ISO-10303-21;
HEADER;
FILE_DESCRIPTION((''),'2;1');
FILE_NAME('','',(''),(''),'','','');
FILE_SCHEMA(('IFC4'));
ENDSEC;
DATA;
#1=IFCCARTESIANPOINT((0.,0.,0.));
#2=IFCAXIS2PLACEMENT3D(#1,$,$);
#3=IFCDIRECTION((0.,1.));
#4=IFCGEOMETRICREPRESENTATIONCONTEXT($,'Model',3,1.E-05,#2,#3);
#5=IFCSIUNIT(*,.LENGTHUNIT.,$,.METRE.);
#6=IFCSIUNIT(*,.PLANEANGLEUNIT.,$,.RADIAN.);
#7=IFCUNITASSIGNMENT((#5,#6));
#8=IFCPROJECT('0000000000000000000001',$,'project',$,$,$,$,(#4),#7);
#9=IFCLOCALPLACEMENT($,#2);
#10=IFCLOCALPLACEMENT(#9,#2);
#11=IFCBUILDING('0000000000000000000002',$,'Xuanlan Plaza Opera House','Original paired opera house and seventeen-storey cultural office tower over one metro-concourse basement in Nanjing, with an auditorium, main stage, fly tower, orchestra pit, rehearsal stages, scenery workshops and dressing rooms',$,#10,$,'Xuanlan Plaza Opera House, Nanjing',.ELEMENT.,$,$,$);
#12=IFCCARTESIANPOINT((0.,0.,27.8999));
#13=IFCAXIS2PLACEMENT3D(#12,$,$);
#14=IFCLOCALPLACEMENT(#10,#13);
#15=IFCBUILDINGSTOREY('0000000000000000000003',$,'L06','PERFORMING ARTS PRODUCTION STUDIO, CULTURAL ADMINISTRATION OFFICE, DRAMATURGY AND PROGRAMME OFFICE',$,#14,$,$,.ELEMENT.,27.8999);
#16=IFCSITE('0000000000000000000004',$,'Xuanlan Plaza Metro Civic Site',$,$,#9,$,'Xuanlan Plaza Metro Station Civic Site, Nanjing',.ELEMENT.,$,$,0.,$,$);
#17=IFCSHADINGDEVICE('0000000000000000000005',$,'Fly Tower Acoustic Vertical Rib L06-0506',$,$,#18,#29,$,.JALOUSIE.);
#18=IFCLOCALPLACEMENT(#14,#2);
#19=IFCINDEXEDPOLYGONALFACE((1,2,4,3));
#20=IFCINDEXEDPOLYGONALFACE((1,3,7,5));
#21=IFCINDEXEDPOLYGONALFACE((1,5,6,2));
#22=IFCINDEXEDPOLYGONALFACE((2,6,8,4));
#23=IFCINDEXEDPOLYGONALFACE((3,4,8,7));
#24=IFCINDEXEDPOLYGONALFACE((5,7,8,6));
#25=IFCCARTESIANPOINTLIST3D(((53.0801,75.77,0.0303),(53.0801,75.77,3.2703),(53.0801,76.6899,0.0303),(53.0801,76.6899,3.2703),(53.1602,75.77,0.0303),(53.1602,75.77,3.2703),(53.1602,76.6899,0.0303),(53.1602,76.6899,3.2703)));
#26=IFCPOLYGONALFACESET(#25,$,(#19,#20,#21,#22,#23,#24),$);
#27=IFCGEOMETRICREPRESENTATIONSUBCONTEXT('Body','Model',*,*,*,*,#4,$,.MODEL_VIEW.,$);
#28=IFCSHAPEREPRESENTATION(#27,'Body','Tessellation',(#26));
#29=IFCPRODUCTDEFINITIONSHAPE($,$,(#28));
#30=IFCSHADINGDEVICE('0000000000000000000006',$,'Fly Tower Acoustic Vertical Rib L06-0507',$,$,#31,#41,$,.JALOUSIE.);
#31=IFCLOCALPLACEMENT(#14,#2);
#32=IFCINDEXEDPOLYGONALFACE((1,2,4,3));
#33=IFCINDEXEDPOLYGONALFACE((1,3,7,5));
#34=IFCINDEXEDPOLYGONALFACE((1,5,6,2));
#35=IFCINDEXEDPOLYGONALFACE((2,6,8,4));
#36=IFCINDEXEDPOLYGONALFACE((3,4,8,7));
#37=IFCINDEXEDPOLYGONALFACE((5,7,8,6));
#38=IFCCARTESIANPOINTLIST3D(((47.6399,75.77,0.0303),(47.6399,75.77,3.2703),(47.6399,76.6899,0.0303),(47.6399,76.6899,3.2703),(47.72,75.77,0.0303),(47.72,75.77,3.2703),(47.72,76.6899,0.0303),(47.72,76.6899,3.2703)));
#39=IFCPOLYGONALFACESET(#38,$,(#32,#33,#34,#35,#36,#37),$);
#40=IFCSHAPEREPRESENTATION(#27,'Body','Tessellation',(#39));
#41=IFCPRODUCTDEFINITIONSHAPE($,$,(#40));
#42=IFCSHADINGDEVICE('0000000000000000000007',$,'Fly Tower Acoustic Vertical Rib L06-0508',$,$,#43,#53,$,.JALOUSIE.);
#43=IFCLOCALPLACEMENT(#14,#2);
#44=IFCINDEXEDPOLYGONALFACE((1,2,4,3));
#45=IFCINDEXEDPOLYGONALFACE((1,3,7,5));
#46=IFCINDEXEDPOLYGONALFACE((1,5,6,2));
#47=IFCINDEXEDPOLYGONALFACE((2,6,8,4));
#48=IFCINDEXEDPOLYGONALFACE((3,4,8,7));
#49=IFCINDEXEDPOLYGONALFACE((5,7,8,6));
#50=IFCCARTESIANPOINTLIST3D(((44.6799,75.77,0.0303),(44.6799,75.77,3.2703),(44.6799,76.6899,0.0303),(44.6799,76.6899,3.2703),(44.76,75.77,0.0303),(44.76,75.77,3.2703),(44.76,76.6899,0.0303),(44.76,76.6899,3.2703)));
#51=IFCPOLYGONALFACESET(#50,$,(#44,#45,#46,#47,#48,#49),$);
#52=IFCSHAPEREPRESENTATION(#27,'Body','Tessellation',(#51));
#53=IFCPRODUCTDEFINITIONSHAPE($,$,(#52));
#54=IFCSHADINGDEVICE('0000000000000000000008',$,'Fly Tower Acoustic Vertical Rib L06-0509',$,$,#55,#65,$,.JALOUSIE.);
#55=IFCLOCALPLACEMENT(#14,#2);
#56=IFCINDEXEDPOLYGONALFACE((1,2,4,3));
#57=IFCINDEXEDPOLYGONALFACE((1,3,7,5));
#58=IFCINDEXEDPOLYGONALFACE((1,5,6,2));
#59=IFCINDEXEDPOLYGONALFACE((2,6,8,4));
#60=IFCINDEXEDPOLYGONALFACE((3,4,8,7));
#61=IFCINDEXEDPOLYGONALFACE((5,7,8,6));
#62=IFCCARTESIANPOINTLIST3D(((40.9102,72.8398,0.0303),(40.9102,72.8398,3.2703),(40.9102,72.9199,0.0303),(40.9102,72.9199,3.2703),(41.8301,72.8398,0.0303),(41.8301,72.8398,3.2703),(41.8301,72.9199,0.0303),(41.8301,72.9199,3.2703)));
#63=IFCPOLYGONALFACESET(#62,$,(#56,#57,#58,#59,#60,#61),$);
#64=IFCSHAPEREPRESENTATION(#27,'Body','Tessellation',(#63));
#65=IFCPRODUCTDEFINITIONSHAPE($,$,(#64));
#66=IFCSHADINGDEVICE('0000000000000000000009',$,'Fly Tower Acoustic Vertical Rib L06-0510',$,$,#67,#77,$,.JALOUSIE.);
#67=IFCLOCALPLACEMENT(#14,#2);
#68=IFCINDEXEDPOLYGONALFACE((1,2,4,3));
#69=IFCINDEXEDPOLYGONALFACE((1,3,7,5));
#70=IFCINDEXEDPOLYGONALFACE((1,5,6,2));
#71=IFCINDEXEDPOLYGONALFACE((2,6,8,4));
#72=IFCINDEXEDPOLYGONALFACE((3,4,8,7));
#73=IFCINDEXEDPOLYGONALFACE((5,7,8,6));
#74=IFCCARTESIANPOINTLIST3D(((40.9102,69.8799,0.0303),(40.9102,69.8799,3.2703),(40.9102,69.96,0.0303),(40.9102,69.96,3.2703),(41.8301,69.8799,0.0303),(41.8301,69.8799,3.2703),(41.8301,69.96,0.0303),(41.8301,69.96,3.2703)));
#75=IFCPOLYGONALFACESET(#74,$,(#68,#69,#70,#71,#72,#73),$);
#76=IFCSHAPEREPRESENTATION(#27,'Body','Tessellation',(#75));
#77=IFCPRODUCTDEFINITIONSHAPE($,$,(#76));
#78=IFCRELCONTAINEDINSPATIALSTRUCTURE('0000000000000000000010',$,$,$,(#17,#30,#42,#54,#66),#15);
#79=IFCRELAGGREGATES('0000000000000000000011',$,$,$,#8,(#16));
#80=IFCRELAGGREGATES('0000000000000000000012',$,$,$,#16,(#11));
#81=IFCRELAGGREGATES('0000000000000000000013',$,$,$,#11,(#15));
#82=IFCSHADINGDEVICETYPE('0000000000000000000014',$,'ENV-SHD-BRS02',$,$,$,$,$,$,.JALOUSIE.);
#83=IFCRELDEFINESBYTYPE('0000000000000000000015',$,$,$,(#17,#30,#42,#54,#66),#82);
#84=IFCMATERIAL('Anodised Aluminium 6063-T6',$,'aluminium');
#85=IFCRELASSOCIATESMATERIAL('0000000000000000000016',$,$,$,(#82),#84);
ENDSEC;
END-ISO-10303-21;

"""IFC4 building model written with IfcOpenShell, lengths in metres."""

from ifc_helpers import new_model, si_unit, direction, frame, origin, origin_2d, place, context, subcontext, project, spatial, rectangle, extrude, material, type_object, element, save


model = new_model("IFC4")

# Units and contexts
model_context = context("Model", 3, precision=1e-05, world=origin(), true_north=direction((0.0, 1.0)))
body_context = subcontext(model_context, "Body", "Model", "MODEL_VIEW")
ifc_project = project(units=[si_unit("LENGTHUNIT", "METRE"), si_unit("PLANEANGLEUNIT", "RADIAN")], contexts=[model_context])

# Site, building, storey
site_placement = place(None, origin())
site = spatial("IfcSite", under=ifc_project, at=site_placement, Name="Xuanlan Plaza Metro Civic Site", LongName="Xuanlan Plaza Metro Station Civic Site, Nanjing", CompositionType="ELEMENT", RefElevation=0.0)
building_placement = place(site_placement, origin())
building = spatial("IfcBuilding", under=site, at=building_placement, Name="Xuanlan Plaza Opera House", Description="Original paired opera house and seventeen-storey cultural office tower over one metro-concourse basement in Nanjing, with an auditorium, main stage, fly tower, orchestra pit, rehearsal stages, scenery workshops and dressing rooms", LongName="Xuanlan Plaza Opera House, Nanjing", CompositionType="ELEMENT")
storey_placement = place(building_placement, frame((0.0, 0.0, 27.8999)))
storey = spatial("IfcBuildingStorey", under=building, at=storey_placement, Name="L06", Description="PERFORMING ARTS PRODUCTION STUDIO, CULTURAL ADMINISTRATION OFFICE, DRAMATURGY AND PROGRAMME OFFICE", CompositionType="ELEMENT", Elevation=27.8999)

# Shared definitions
ifc_material_1 = material(Name="Anodised Aluminium 6063-T6", Category="aluminium")

# Shading devices
shading_device_type = type_object("IfcShadingDeviceType", Name="ENV-SHD-BRS02", PredefinedType="JALOUSIE", material=ifc_material_1)
for number, where, z_axis, x_axis, name in (
    (1, (53.1201, 76.23, 0.0303), (0.0, 0.0, 1.0), (0.0, 1.0, 0.0), "Fly Tower Acoustic Vertical Rib L06-0506"),
    (2, (47.6799, 76.23, 0.0303), (0.0, 0.0, 1.0), (0.0, 1.0, 0.0), "Fly Tower Acoustic Vertical Rib L06-0507"),
    (3, (44.72, 76.23, 0.0303), (0.0, 0.0, 1.0), (0.0, 1.0, 0.0), "Fly Tower Acoustic Vertical Rib L06-0508"),
    (4, (41.3701, 72.8799, 0.0303), (0.0, 0.0, 1.0), (-1.0, 0.0, 0.0), "Fly Tower Acoustic Vertical Rib L06-0509"),
    (5, (41.3701, 69.9199, 0.0303), (0.0, 0.0, 1.0), (-1.0, 0.0, 0.0), "Fly Tower Acoustic Vertical Rib L06-0510"),
):
    element("IfcShadingDevice", number, at=place(storey_placement, frame(where, z_axis=z_axis, x_axis=x_axis)), inside=storey, type_object=shading_device_type, Name=name, PredefinedType="JALOUSIE", context=body_context, shape_type="SweptSolid", body=[
        extrude(rectangle(XDim=0.9199, YDim=0.0801, at=origin_2d()), origin(), (0.0, 0.0, 1.0), 3.24),
    ])

save(model, "model.ifc")
